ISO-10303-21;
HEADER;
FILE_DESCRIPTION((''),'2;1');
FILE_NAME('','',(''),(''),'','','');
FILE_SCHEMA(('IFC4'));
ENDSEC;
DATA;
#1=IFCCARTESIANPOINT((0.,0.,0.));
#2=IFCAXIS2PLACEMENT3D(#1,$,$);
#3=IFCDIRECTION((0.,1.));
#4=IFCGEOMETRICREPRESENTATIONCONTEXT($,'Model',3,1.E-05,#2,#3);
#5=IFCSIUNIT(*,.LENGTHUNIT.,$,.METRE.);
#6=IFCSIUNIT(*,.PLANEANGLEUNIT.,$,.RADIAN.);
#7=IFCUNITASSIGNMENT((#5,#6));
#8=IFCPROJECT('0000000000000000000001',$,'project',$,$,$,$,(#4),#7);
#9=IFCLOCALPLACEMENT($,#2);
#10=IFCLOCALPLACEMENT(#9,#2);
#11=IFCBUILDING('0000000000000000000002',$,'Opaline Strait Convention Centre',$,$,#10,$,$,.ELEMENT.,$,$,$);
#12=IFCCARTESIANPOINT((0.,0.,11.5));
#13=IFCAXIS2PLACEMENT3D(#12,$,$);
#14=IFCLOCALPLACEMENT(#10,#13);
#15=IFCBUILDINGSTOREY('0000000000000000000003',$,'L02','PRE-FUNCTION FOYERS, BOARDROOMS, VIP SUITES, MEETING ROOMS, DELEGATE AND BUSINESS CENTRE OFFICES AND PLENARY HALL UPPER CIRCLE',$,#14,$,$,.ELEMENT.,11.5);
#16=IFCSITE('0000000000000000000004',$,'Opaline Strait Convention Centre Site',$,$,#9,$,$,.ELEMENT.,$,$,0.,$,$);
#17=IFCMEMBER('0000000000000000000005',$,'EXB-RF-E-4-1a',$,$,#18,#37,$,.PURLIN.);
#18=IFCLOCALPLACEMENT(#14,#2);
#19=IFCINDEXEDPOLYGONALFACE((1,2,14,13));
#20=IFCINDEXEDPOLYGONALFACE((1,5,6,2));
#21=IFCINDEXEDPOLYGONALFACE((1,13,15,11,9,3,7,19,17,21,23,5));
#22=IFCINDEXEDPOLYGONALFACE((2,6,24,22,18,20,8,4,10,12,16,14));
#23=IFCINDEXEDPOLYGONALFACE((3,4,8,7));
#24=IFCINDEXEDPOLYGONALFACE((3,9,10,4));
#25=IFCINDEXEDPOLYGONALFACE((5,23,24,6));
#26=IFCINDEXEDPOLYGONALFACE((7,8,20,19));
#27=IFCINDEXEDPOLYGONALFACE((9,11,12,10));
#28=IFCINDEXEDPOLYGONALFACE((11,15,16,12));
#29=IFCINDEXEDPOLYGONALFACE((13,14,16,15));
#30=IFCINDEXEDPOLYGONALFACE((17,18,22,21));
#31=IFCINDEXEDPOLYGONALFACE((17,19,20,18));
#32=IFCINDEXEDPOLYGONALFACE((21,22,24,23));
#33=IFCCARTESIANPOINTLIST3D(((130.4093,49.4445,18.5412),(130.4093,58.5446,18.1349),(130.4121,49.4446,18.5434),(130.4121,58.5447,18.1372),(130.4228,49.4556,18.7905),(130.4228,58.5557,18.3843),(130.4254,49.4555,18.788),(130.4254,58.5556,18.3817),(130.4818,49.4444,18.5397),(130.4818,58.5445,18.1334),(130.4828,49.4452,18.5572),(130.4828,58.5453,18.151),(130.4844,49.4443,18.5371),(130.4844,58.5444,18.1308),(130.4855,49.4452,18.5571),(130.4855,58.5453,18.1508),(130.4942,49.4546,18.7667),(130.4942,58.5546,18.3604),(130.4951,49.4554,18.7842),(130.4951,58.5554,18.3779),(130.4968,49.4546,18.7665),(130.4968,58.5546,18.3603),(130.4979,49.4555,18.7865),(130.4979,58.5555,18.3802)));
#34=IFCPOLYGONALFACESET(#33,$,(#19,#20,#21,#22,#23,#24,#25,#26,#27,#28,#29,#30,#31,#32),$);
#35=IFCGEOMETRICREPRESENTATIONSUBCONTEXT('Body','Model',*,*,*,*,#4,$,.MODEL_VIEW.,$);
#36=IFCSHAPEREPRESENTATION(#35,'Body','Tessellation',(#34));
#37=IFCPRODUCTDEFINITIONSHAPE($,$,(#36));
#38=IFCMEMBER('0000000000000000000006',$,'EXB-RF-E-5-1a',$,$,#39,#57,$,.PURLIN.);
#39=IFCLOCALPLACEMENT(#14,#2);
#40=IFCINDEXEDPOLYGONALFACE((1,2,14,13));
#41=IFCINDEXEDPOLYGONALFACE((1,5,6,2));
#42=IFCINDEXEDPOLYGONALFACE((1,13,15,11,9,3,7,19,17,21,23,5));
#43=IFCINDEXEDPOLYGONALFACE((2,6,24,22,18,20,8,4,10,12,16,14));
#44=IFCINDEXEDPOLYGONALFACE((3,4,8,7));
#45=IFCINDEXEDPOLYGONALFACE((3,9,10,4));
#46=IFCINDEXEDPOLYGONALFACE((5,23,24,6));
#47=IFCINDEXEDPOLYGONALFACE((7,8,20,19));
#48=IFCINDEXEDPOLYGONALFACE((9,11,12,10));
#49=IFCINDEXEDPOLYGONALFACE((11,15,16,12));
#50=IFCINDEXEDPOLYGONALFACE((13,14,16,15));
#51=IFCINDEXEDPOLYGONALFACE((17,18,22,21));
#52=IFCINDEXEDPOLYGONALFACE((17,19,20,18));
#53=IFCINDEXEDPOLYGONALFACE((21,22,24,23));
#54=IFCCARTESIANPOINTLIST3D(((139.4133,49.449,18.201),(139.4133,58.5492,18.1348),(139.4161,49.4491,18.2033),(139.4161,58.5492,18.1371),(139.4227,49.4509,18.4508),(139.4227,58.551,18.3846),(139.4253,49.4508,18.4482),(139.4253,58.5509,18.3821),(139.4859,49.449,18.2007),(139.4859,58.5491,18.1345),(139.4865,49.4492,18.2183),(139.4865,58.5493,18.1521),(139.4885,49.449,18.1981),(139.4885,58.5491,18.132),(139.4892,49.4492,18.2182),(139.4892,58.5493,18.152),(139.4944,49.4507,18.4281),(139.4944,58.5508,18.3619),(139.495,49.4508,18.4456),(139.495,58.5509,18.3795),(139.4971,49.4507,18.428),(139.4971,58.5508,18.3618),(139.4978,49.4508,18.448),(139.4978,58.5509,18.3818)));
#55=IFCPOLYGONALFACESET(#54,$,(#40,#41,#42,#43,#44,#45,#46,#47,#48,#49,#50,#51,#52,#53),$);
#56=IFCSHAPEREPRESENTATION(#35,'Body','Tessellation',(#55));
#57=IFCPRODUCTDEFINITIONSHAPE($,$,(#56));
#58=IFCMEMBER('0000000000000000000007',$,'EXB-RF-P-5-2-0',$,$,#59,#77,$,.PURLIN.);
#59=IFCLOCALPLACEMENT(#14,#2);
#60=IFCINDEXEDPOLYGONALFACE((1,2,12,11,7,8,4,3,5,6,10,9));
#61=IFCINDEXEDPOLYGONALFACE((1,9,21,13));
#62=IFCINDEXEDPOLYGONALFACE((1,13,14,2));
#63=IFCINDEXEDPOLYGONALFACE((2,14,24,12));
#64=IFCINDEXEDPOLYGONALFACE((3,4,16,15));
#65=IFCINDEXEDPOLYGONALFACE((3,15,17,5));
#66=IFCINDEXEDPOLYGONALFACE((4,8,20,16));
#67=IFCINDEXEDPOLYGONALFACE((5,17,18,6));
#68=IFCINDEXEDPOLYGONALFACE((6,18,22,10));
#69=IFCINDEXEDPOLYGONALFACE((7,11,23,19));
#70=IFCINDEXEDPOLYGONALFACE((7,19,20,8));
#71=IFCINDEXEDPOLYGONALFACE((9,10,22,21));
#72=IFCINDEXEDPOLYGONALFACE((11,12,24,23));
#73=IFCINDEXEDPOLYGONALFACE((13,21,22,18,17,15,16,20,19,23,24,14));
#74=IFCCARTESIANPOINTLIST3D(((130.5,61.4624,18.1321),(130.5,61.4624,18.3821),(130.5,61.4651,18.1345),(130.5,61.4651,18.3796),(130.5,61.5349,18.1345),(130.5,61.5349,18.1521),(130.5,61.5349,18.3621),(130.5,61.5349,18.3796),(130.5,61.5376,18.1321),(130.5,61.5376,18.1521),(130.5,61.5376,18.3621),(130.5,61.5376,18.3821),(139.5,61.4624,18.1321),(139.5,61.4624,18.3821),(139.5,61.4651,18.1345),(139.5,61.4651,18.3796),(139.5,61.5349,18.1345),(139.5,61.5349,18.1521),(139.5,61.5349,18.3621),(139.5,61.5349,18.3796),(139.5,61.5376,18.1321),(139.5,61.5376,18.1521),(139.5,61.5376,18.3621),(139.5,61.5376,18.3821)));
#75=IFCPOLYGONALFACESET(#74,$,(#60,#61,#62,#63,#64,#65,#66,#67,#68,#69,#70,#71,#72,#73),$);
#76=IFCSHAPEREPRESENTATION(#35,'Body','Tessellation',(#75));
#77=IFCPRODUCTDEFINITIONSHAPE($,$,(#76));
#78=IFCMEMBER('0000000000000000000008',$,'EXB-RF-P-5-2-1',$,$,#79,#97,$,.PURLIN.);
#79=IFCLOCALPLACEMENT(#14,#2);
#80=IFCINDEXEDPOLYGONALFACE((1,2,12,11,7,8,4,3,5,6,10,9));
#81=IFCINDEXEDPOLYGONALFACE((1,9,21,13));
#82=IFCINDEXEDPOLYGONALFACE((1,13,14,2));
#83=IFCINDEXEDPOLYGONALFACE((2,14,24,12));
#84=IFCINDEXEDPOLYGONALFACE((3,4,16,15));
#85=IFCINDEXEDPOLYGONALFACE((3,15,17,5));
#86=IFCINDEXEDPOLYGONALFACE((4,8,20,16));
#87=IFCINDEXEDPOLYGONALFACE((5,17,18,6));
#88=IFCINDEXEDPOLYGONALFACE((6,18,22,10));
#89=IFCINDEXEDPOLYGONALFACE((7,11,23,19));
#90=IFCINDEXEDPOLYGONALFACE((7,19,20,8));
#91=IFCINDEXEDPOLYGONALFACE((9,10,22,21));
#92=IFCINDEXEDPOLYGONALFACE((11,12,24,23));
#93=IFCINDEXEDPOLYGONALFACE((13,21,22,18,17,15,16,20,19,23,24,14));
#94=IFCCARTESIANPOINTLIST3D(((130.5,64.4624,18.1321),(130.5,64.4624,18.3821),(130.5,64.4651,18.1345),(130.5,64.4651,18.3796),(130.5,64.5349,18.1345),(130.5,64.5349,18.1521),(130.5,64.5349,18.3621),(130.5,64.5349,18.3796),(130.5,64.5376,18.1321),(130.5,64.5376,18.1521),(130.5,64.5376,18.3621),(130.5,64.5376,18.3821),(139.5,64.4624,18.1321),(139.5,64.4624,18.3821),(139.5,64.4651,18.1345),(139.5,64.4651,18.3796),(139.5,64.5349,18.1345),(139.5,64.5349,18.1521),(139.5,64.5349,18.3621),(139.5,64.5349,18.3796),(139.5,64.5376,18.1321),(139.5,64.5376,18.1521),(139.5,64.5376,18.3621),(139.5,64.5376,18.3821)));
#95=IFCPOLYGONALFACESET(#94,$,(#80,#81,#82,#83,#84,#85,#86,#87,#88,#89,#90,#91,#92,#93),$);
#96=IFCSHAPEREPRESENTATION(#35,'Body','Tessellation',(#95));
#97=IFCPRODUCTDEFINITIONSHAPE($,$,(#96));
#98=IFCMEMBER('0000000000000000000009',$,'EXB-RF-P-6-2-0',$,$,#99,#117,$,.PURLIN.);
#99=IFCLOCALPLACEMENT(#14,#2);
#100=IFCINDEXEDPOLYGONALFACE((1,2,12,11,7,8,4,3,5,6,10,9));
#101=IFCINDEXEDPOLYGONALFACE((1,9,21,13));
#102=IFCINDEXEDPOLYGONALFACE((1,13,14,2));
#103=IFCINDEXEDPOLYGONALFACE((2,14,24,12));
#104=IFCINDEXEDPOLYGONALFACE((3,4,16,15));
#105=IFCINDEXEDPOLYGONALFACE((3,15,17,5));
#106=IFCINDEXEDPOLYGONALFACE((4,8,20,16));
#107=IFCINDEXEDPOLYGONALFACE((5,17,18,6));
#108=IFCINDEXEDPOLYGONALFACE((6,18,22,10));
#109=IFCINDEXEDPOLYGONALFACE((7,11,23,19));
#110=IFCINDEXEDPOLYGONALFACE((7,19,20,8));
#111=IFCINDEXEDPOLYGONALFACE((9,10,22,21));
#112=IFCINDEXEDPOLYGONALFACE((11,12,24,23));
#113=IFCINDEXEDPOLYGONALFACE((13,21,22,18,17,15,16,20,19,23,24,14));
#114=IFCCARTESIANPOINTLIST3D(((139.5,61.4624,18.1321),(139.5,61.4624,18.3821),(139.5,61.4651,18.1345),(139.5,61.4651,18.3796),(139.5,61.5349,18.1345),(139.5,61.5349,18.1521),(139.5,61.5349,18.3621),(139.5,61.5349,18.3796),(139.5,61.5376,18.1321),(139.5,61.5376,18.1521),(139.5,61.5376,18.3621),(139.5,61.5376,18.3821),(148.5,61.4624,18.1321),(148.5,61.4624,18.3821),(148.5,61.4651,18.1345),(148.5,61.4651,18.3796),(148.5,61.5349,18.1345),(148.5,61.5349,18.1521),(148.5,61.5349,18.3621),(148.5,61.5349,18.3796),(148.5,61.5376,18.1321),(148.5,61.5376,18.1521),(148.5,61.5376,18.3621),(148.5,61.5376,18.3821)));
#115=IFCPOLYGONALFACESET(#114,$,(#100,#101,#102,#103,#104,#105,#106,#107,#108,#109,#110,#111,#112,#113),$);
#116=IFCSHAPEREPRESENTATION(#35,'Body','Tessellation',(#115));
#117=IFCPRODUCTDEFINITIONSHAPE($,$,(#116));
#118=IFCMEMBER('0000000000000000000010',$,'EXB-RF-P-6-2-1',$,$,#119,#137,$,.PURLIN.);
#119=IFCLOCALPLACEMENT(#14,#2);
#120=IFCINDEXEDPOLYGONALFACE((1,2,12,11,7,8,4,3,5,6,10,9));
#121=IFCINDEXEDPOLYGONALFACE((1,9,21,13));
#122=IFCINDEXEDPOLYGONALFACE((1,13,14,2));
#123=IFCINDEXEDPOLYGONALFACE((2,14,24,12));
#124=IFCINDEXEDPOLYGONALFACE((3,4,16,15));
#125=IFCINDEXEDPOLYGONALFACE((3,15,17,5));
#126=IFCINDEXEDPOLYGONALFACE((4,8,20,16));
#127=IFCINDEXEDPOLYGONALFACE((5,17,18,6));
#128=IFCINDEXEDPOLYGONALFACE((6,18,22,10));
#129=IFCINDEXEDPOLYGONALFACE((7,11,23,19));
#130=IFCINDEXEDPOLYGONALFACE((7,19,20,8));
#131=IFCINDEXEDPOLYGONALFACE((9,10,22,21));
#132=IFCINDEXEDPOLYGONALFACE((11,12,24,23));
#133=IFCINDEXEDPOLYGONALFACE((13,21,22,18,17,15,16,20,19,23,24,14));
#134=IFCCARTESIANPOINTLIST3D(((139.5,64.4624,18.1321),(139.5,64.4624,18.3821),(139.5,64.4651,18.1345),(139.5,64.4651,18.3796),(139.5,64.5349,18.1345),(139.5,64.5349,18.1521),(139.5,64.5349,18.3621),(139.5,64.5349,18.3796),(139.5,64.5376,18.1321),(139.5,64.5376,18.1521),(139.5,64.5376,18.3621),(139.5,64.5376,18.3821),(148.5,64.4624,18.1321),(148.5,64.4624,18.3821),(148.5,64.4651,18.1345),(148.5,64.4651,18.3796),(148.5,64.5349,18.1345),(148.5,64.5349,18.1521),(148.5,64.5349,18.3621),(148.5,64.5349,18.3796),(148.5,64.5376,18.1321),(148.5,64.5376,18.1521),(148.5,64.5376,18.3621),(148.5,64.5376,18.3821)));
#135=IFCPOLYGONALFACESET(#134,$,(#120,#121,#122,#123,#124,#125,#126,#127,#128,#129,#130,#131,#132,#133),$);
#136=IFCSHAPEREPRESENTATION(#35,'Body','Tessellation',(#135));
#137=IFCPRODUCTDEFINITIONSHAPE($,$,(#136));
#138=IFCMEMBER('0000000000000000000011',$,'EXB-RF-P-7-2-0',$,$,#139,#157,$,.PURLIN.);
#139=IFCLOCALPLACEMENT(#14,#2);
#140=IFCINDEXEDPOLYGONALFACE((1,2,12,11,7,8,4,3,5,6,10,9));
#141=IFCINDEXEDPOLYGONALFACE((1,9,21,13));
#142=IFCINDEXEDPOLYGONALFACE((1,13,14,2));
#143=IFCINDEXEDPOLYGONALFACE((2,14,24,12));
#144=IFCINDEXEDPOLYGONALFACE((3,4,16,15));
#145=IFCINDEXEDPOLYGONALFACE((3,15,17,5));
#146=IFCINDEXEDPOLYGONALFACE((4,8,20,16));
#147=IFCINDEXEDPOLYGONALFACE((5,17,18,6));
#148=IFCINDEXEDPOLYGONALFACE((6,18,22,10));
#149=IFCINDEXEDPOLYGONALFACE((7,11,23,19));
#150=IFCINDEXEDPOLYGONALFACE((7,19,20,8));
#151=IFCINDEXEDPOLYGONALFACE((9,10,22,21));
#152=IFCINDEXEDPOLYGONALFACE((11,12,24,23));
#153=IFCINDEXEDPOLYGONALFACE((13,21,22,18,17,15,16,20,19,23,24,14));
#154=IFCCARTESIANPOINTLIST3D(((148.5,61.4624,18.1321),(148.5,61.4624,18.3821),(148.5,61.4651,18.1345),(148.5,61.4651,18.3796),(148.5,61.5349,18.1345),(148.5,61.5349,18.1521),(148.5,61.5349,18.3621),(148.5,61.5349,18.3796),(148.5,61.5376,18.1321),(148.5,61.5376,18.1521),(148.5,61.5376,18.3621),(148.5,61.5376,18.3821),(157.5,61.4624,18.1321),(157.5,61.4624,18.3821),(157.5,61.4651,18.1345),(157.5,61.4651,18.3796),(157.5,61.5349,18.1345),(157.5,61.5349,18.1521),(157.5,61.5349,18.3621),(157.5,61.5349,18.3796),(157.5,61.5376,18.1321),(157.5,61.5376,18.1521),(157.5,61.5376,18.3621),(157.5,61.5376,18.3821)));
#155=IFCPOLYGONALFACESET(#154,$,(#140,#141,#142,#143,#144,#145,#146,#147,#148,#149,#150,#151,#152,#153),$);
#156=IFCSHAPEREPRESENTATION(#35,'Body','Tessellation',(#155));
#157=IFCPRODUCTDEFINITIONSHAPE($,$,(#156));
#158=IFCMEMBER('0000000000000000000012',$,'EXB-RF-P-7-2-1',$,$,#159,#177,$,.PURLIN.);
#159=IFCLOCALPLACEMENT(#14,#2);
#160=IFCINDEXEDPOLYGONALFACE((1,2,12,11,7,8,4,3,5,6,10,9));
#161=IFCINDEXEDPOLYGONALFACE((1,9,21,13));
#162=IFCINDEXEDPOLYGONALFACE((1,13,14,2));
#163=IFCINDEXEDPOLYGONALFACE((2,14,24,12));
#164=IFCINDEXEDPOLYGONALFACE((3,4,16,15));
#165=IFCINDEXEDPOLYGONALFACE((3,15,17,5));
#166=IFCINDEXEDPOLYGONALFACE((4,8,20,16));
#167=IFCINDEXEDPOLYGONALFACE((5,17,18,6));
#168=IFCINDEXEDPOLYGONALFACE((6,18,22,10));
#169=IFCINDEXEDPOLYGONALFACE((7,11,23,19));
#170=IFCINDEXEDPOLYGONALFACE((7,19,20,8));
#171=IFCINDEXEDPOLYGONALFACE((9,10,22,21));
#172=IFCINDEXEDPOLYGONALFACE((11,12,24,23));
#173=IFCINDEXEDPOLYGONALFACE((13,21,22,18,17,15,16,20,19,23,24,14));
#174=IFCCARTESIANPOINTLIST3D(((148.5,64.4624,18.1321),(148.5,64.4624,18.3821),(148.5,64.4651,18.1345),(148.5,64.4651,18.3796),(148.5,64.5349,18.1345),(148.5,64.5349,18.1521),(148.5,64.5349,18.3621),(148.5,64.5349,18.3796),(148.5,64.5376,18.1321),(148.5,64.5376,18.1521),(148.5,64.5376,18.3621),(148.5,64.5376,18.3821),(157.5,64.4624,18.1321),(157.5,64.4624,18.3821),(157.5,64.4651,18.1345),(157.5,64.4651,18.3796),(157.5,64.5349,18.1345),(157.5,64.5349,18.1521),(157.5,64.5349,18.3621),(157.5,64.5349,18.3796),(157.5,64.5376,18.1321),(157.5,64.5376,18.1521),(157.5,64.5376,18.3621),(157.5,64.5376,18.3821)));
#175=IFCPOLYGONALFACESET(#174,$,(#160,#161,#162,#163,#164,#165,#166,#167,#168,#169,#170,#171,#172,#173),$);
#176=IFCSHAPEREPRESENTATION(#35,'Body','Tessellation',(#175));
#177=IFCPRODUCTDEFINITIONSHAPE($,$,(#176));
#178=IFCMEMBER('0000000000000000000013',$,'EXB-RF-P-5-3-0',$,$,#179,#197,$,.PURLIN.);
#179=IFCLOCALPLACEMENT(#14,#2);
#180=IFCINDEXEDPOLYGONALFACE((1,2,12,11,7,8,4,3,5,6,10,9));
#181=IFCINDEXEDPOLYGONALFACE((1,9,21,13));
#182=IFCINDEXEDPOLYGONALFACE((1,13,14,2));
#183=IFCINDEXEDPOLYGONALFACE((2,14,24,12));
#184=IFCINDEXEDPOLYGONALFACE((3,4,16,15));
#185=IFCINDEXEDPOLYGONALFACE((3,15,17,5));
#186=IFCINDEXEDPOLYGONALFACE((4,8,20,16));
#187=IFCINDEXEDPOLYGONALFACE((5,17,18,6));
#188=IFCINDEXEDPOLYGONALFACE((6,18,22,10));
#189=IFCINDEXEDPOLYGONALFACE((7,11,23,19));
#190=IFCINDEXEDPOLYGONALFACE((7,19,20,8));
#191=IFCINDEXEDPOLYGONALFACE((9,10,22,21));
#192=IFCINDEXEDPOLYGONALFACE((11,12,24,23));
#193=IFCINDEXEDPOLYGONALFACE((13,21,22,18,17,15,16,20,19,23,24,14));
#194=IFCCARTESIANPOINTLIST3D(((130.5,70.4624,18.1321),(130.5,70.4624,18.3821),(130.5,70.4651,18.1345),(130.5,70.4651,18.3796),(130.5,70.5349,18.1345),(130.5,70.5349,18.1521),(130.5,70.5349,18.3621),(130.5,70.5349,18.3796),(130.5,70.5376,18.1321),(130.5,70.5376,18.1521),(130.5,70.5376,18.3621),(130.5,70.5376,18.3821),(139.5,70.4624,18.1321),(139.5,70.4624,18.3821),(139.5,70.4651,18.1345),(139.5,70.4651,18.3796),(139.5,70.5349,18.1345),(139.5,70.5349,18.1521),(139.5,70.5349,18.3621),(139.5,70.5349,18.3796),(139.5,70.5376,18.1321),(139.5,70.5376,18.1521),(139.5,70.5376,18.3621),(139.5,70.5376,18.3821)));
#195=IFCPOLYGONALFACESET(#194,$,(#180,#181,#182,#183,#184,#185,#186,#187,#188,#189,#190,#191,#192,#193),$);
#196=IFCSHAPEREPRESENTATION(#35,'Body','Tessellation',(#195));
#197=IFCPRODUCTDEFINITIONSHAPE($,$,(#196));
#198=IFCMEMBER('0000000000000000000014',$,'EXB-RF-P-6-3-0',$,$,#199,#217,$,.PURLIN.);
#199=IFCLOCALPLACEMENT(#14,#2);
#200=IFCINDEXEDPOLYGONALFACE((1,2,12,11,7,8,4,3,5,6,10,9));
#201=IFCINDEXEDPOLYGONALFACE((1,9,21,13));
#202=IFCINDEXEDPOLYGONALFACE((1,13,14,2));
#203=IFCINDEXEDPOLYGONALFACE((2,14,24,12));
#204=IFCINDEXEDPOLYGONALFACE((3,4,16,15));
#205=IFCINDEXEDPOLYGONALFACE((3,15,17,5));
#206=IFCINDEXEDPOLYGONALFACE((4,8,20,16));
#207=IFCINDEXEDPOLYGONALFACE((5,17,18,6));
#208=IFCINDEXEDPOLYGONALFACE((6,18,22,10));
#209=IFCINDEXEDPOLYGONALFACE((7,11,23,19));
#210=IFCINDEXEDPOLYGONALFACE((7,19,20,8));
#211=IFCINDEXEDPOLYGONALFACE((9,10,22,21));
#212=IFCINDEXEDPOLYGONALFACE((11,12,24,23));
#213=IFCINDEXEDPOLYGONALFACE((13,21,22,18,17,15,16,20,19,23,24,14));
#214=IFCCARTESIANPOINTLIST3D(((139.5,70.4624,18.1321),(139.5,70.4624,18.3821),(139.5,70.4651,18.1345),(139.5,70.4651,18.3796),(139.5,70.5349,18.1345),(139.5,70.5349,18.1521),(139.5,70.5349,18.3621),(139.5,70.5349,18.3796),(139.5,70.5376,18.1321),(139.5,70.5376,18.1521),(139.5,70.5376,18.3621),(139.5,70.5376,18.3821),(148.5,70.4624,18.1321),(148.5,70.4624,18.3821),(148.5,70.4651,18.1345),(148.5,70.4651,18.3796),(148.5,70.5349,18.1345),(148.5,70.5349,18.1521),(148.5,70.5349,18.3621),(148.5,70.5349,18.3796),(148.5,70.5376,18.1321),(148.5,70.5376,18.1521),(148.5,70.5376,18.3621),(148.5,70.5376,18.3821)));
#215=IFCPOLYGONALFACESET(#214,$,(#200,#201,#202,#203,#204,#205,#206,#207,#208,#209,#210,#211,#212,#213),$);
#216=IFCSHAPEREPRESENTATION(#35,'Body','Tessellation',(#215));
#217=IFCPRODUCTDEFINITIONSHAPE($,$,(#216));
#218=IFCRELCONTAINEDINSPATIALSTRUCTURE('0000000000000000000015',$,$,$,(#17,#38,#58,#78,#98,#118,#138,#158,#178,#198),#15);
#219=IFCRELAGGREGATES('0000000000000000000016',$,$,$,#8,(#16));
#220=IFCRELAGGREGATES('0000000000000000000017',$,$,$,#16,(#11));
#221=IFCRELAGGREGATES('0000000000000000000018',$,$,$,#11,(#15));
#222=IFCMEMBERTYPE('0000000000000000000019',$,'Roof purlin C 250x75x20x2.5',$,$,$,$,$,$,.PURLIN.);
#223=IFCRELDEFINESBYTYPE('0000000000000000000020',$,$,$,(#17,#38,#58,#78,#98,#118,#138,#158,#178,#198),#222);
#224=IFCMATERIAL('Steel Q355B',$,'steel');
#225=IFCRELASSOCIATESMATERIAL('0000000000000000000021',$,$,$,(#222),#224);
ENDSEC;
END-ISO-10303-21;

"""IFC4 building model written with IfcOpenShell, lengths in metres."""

from ifc_helpers import new_model, si_unit, direction, frame, origin, place, context, subcontext, project, spatial, polyline, outline, extrude, material, material_profile, profile_set, type_object, element, save


model = new_model("IFC4")

# Units and contexts
model_context = context("Model", 3, precision=1e-05, world=origin(), true_north=direction((0.0, 1.0)))
body_context = subcontext(model_context, "Body", "Model", "MODEL_VIEW")
ifc_project = project(units=[si_unit("LENGTHUNIT", "METRE"), si_unit("PLANEANGLEUNIT", "RADIAN")], contexts=[model_context])

# Site, building, storey
site_placement = place(None, origin())
site = spatial("IfcSite", under=ifc_project, at=site_placement, Name="Opaline Strait Convention Centre Site", CompositionType="ELEMENT", RefElevation=0.0)
building_placement = place(site_placement, origin())
building = spatial("IfcBuilding", under=site, at=building_placement, Name="Opaline Strait Convention Centre", CompositionType="ELEMENT")
storey_placement = place(building_placement, frame((0.0, 0.0, 11.5)))
storey = spatial("IfcBuildingStorey", under=building, at=storey_placement, Name="L02", Description="PRE-FUNCTION FOYERS, BOARDROOMS, VIP SUITES, MEETING ROOMS, DELEGATE AND BUSINESS CENTRE OFFICES AND PLENARY HALL UPPER CIRCLE", CompositionType="ELEMENT", Elevation=11.5)

# Members
ifc_material = material(Name="Steel Q355B", Category="steel")
ifc_material_profile_1 = material_profile(ifc_material, outline(polyline([(-0.0376, -0.125), (0.0376, -0.125), (0.0376, -0.105), (0.0349, -0.105), (0.0349, -0.1226), (-0.0349, -0.1226), (-0.0349, 0.1226), (0.0349, 0.1226), (0.0349, 0.105), (0.0376, 0.105), (0.0376, 0.125), (-0.0376, 0.125), (-0.0376, -0.125)])), Name="C 250x75x20x2.5")
ifc_profile_set_1 = profile_set([ifc_material_profile_1], Name="Steel Q355B")
member_type_1 = type_object("IfcMemberType", Name="Roof purlin C 250x75x20x2.5", PredefinedType="PURLIN", material=ifc_profile_set_1)
member_1_placement = place(storey_placement, frame((130.4536, 58.55, 18.2576), z_axis=(0.0, -0.999005, 0.044598), x_axis=(0.998537, -0.002412, -0.05402)))
element("IfcMember", 1, at=member_1_placement, inside=storey, type_object=member_type_1, Name="EXB-RF-E-4-1a", PredefinedType="PURLIN", context=body_context, shape_type="SweptSolid", body=[
    extrude(outline(polyline([(-0.0376, -0.125), (0.0376, -0.125), (0.0376, -0.105), (0.0349, -0.105), (0.0349, -0.1226), (-0.0349, -0.1226), (-0.0349, 0.1226), (0.0349, 0.1226), (0.0349, 0.105), (0.0376, 0.105), (0.0376, 0.125), (-0.0376, 0.125), (-0.0376, -0.125)])), origin(), (0.0, 0.0, 1.0), 9.1091),
])
member_2_placement = place(storey_placement, frame((139.4556, 58.55, 18.2583), z_axis=(0.0, -0.999974, 0.00727), x_axis=(0.999302, -0.000272, -0.037349)))
element("IfcMember", 2, at=member_2_placement, inside=storey, type_object=member_type_1, Name="EXB-RF-E-5-1a", PredefinedType="PURLIN", context=body_context, shape_type="SweptSolid", body=[
    extrude(outline(polyline([(-0.0376, -0.125), (0.0376, -0.125), (0.0376, -0.105), (0.0349, -0.105), (0.0349, -0.1226), (-0.0349, -0.1226), (-0.0349, 0.1226), (0.0349, 0.1226), (0.0349, 0.105), (0.0376, 0.105), (0.0376, 0.125), (-0.0376, 0.125), (-0.0376, -0.125)])), origin(), (0.0, 0.0, 1.0), 9.1003),
])
for number, where, z_axis, x_axis, name in (
    (3, (130.5, 61.5, 18.2571), (1.0, 0.0, 0.0), (0.0, 1.0, 0.0), "EXB-RF-P-5-2-0"),
    (4, (130.5, 64.5, 18.2571), (1.0, 0.0, 0.0), (0.0, 1.0, 0.0), "EXB-RF-P-5-2-1"),
    (5, (139.5, 61.5, 18.2571), (1.0, 0.0, 0.0), (0.0, 1.0, 0.0), "EXB-RF-P-6-2-0"),
    (6, (139.5, 64.5, 18.2571), (1.0, 0.0, 0.0), (0.0, 1.0, 0.0), "EXB-RF-P-6-2-1"),
    (7, (148.5, 61.5, 18.2571), (1.0, 0.0, 0.0), (0.0, 1.0, 0.0), "EXB-RF-P-7-2-0"),
    (8, (148.5, 64.5, 18.2571), (1.0, 0.0, 0.0), (0.0, 1.0, 0.0), "EXB-RF-P-7-2-1"),
    (9, (130.5, 70.5, 18.2571), (1.0, 0.0, 0.0), (0.0, 1.0, 0.0), "EXB-RF-P-5-3-0"),
    (10, (139.5, 70.5, 18.2571), (1.0, 0.0, 0.0), (0.0, 1.0, 0.0), "EXB-RF-P-6-3-0"),
):
    element("IfcMember", number, at=place(storey_placement, frame(where, z_axis=z_axis, x_axis=x_axis)), inside=storey, type_object=member_type_1, Name=name, PredefinedType="PURLIN", context=body_context, shape_type="SweptSolid", body=[
        extrude(outline(polyline([(-0.0376, -0.125), (0.0376, -0.125), (0.0376, -0.105), (0.0349, -0.105), (0.0349, -0.1226), (-0.0349, -0.1226), (-0.0349, 0.1226), (0.0349, 0.1226), (0.0349, 0.105), (0.0376, 0.105), (0.0376, 0.125), (-0.0376, 0.125), (-0.0376, -0.125)])), origin(), (0.0, 0.0, 1.0), 9.0),
    ])

save(model, "model.ifc")
